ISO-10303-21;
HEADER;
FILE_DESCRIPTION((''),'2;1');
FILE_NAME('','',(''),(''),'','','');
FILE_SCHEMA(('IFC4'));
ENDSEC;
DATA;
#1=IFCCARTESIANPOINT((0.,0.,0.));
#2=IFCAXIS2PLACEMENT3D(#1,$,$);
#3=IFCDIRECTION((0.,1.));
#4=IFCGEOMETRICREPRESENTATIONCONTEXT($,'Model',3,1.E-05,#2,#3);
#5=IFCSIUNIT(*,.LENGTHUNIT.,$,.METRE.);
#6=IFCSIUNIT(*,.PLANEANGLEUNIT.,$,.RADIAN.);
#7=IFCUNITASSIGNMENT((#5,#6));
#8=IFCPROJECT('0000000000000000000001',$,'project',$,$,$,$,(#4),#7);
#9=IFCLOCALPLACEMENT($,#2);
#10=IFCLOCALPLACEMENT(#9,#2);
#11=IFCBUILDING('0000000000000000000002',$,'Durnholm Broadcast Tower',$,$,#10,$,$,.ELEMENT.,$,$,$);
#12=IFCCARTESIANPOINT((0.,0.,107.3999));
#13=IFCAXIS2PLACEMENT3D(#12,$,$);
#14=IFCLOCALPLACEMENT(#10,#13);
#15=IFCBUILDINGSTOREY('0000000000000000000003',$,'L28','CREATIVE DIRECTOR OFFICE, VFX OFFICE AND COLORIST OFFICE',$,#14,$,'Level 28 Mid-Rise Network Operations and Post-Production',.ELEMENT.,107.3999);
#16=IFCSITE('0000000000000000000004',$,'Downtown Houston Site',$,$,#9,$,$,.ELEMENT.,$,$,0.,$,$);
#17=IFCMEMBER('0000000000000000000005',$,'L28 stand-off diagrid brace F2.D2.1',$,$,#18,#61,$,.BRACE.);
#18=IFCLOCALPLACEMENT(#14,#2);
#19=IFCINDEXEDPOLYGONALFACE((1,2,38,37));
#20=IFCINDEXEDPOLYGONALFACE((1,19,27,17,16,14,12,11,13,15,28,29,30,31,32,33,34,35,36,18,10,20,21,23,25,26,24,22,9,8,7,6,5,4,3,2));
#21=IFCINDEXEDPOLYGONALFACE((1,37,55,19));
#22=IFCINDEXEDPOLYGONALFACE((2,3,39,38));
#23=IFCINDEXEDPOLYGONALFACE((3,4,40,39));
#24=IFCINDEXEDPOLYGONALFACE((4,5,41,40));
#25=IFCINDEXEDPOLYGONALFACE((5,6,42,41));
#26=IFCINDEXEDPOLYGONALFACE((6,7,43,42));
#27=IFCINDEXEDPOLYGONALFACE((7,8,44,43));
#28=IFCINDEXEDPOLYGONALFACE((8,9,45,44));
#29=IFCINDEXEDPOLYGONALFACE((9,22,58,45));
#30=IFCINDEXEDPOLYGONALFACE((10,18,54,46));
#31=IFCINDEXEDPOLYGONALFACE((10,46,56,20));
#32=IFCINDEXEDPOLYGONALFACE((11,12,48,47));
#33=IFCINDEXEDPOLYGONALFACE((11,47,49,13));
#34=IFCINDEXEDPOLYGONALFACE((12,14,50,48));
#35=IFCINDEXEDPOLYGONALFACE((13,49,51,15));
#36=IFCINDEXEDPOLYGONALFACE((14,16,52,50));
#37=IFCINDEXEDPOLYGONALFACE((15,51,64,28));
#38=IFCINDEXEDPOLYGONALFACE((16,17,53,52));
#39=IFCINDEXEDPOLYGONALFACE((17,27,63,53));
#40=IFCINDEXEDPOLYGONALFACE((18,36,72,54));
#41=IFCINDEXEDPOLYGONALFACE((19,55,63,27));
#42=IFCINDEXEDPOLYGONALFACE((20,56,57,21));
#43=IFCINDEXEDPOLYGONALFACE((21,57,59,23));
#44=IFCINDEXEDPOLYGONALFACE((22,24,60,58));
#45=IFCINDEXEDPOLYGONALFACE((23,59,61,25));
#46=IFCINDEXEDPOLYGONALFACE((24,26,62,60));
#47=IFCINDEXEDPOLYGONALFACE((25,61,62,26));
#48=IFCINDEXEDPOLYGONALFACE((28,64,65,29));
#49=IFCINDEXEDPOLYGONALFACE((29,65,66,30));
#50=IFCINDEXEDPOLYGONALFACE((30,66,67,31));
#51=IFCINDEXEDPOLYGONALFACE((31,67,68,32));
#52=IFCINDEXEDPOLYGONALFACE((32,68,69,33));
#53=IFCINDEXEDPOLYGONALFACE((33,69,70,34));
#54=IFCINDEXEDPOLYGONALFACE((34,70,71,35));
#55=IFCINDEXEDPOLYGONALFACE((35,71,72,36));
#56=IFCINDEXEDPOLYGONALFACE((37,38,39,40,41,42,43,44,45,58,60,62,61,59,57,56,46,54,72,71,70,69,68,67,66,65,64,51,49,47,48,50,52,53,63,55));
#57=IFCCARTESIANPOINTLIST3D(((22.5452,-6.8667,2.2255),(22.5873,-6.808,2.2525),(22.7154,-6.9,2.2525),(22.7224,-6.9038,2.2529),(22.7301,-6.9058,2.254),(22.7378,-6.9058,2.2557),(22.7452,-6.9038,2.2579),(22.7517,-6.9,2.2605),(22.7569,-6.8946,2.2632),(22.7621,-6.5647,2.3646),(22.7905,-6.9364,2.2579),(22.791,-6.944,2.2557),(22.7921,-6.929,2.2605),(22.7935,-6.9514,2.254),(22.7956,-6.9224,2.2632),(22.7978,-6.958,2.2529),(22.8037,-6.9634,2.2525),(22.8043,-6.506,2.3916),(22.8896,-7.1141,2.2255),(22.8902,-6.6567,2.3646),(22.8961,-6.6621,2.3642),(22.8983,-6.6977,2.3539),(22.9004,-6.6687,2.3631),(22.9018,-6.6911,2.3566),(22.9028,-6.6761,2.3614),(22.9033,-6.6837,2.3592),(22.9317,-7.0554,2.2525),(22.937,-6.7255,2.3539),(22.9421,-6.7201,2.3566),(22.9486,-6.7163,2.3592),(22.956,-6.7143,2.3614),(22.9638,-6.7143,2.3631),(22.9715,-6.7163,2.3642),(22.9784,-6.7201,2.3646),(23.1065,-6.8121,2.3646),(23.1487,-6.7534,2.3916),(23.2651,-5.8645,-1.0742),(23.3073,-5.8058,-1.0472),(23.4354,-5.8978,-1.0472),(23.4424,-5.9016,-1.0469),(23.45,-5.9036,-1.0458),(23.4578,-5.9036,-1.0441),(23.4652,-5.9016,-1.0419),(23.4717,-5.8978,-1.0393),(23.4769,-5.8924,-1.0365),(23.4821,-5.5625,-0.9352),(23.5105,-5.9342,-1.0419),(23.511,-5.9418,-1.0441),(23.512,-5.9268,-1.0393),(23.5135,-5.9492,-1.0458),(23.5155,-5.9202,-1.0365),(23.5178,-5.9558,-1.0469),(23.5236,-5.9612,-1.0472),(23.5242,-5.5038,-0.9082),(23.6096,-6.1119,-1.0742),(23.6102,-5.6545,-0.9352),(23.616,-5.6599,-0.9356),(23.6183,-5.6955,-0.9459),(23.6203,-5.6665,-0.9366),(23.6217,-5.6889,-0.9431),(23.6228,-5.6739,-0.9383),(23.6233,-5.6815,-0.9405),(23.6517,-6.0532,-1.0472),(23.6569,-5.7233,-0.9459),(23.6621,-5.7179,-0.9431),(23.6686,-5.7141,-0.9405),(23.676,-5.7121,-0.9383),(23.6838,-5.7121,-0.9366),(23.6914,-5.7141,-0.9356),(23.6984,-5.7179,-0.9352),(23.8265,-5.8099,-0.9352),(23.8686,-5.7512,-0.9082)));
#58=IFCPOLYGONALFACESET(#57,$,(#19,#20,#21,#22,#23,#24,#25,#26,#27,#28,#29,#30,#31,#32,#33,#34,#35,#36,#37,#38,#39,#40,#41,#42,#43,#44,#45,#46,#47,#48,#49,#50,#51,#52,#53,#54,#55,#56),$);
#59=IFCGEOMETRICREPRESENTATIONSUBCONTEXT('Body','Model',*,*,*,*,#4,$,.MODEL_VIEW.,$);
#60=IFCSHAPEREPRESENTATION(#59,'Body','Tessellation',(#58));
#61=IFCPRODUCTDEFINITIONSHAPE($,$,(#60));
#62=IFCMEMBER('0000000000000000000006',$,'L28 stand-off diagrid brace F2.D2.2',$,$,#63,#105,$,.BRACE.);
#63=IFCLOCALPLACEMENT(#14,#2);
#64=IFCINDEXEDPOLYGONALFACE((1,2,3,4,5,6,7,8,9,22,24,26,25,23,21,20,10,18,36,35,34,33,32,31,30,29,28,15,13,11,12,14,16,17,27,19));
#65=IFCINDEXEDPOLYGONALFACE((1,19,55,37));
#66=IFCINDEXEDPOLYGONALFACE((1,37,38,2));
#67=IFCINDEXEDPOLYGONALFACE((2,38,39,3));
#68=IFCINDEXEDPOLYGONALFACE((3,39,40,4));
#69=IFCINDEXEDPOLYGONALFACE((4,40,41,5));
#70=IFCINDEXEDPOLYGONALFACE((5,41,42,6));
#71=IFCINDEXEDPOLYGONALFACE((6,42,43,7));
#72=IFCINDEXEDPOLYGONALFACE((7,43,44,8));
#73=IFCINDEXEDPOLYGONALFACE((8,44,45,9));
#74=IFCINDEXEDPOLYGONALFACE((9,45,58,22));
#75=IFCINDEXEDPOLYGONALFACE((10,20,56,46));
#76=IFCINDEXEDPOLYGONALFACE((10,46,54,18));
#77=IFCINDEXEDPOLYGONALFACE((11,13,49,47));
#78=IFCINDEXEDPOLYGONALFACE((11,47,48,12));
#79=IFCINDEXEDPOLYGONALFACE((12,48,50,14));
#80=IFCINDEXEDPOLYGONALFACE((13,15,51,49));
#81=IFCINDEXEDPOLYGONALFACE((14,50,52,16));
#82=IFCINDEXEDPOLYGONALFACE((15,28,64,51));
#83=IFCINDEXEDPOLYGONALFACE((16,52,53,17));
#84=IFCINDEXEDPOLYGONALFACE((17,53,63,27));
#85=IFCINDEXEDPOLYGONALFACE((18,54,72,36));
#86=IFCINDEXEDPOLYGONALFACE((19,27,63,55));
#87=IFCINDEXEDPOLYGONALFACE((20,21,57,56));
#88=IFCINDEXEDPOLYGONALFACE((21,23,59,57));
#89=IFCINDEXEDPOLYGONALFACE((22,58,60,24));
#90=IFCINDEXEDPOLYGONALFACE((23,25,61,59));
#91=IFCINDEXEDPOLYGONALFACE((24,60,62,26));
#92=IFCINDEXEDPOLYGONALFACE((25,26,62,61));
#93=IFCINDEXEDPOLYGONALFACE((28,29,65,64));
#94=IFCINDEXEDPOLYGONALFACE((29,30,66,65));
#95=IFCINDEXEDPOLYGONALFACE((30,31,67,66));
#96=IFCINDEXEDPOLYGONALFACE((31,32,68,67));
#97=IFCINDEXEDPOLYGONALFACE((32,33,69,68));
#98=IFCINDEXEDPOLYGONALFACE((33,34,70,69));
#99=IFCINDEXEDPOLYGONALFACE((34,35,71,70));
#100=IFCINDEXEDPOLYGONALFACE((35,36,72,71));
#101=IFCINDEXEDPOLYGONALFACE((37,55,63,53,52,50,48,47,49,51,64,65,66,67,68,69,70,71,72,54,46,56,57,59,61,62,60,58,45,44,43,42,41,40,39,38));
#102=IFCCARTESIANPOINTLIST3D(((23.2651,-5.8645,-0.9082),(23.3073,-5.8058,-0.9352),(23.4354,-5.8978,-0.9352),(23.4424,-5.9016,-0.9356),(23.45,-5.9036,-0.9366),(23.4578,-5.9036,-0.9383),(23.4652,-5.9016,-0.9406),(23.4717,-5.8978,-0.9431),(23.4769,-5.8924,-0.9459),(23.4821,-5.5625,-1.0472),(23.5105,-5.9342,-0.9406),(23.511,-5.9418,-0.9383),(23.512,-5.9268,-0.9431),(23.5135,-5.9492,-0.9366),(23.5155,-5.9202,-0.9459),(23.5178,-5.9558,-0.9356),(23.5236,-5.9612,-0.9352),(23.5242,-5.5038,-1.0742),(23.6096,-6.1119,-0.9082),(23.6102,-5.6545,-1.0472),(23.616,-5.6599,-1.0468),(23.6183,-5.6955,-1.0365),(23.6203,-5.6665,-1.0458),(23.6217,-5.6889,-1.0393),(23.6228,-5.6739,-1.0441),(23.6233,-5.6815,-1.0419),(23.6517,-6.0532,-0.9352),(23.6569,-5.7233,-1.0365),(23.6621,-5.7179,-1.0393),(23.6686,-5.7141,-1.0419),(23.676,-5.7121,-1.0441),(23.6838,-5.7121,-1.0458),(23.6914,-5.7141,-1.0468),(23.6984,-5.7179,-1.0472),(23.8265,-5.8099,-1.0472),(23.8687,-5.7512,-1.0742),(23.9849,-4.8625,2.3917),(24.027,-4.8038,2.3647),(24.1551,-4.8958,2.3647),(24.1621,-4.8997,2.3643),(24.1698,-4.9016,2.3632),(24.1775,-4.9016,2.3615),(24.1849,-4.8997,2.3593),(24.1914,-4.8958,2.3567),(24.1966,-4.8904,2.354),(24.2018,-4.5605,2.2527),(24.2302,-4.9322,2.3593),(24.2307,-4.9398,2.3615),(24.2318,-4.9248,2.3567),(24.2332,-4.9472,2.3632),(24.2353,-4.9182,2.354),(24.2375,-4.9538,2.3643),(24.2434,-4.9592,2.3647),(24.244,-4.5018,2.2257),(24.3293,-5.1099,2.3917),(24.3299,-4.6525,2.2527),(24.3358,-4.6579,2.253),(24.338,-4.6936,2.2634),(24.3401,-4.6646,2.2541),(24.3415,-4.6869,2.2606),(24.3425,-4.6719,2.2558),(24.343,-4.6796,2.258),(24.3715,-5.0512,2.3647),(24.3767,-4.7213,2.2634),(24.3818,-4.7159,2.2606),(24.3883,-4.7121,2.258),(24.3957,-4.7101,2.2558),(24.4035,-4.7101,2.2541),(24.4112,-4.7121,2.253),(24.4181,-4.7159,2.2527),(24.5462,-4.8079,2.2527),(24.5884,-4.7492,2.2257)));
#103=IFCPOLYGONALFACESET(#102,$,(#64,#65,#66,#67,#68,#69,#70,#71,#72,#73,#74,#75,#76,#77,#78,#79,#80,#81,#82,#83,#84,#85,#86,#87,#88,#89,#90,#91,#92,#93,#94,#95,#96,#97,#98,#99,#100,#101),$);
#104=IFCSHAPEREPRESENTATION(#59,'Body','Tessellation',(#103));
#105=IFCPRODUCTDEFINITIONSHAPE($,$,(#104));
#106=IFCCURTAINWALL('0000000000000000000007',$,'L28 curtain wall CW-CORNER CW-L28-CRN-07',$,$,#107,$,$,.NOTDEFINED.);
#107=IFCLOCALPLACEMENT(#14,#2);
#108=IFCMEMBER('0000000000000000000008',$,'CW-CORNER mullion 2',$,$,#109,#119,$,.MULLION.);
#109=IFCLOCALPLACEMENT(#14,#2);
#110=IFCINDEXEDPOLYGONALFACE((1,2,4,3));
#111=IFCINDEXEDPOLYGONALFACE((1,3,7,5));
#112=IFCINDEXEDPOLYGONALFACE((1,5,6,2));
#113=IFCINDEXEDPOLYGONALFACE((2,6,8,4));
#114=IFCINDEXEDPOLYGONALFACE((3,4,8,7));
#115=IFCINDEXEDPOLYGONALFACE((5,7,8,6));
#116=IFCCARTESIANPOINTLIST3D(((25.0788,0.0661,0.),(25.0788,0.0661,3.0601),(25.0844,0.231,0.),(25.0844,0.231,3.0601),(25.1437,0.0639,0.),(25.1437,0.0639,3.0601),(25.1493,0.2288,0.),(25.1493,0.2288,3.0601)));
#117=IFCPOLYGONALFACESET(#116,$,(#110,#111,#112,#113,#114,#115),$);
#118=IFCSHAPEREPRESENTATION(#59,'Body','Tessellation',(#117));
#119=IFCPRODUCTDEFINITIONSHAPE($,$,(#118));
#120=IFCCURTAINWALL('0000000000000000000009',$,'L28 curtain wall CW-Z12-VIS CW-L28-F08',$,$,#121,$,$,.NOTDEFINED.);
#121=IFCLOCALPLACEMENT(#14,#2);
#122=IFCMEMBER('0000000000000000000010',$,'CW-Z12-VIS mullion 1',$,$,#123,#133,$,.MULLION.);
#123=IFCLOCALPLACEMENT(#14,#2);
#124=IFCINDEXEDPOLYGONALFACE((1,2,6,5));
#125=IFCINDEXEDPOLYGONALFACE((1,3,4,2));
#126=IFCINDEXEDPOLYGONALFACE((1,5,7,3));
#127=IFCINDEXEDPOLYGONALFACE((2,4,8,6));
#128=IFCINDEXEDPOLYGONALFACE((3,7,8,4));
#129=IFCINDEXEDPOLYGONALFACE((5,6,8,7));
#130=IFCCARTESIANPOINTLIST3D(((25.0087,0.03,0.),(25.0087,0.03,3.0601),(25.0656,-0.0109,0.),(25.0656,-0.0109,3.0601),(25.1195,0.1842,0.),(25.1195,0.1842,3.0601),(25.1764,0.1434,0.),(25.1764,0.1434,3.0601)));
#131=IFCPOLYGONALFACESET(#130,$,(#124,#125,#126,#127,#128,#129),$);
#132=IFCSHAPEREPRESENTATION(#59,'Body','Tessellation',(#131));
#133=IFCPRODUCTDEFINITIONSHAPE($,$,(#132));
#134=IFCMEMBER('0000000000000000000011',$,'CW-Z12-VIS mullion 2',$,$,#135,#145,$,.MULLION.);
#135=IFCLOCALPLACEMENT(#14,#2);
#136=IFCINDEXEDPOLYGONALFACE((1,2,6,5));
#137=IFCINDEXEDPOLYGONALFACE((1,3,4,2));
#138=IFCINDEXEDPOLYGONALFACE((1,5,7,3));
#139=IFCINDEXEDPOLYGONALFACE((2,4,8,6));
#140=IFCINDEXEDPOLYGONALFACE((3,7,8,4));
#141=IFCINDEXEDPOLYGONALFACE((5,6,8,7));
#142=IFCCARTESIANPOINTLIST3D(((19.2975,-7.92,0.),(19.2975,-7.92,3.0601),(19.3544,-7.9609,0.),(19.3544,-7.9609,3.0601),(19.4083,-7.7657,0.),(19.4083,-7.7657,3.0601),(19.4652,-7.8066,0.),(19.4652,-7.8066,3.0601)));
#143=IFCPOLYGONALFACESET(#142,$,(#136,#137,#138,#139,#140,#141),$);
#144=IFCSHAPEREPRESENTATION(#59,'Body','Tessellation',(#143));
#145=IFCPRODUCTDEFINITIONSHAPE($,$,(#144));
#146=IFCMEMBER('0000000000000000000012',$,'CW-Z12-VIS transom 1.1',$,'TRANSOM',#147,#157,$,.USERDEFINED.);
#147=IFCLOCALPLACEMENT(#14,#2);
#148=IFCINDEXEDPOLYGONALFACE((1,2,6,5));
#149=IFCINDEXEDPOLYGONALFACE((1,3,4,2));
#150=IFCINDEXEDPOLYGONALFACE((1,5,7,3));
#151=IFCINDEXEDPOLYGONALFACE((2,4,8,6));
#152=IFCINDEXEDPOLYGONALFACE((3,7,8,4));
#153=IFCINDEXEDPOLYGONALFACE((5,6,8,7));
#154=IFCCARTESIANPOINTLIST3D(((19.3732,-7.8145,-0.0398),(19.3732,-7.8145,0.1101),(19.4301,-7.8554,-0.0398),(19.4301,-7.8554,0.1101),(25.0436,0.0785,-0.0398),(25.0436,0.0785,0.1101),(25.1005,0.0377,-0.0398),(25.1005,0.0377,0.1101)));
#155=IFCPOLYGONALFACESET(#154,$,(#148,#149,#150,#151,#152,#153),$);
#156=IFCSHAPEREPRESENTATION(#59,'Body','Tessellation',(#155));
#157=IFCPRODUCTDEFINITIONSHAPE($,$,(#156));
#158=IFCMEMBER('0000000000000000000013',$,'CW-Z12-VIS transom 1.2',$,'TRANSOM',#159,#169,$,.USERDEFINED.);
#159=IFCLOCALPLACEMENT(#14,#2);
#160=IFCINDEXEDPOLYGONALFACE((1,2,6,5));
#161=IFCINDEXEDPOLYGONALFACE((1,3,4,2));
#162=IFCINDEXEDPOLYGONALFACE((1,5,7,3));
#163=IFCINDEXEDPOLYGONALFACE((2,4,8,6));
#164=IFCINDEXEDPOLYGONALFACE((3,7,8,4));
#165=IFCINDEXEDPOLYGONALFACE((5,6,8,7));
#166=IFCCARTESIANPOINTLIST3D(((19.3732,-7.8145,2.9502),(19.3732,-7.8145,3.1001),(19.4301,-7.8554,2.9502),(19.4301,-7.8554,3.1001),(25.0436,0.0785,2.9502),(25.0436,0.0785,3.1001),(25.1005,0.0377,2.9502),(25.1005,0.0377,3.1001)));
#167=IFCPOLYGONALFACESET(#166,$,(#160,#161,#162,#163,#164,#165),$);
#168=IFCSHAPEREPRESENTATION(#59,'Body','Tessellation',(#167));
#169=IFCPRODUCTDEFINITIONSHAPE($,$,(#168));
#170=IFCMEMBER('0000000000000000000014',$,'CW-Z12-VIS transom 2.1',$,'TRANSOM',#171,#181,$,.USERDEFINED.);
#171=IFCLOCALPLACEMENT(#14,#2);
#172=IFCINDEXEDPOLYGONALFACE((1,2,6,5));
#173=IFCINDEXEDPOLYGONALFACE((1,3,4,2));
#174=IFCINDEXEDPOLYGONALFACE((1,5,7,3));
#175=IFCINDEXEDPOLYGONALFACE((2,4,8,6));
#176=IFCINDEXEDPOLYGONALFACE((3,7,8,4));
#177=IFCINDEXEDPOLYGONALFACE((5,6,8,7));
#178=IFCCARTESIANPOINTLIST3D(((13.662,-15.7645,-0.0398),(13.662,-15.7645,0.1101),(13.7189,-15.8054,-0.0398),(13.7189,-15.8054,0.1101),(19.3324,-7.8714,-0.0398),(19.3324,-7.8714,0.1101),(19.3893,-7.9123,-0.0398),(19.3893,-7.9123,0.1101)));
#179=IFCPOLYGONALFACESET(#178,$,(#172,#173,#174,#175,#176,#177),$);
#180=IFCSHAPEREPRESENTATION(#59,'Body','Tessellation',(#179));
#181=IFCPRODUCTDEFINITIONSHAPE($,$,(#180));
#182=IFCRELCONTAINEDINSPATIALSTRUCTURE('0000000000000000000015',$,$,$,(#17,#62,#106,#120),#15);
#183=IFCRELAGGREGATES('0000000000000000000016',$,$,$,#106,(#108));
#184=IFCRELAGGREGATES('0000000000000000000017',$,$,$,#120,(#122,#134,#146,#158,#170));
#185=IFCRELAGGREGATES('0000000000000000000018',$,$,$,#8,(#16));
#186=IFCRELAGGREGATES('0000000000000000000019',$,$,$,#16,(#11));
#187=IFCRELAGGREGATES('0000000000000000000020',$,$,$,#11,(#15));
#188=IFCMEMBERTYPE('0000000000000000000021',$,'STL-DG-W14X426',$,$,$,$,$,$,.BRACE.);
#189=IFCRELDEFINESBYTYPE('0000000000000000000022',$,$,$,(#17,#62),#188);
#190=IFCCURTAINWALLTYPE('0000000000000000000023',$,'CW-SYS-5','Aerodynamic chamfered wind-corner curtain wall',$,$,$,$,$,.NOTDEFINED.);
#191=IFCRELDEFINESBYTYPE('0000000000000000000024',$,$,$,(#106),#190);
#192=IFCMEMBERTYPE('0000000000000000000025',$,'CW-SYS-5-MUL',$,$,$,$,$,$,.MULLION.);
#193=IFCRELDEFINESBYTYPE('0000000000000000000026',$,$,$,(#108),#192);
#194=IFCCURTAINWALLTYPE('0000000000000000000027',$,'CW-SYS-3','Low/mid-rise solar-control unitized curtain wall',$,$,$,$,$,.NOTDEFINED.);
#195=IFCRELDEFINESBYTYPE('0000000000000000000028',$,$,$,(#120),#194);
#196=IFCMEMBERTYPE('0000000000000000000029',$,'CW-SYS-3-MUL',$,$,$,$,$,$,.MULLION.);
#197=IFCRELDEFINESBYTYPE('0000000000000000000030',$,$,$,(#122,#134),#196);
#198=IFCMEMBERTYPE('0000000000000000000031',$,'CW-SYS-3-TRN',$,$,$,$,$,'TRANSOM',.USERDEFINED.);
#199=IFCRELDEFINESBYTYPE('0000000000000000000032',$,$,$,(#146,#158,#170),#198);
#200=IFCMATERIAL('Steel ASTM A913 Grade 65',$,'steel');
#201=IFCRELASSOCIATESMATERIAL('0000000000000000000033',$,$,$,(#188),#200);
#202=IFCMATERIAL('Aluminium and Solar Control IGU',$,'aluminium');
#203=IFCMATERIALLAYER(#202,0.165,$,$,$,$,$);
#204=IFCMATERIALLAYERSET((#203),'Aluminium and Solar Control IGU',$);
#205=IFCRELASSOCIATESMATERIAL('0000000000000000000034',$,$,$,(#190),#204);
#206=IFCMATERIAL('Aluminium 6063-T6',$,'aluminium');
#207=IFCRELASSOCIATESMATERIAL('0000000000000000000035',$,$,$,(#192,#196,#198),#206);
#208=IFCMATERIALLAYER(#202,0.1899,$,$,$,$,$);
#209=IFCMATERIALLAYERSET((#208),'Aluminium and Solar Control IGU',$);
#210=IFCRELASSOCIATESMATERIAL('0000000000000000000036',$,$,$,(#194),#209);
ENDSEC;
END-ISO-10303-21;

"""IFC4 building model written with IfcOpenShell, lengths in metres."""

from ifc_helpers import new_model, si_unit, direction, frame, origin, origin_2d, place, context, subcontext, project, spatial, rectangle, i_section, extrude, source, transform, mapped, material, layer, layer_set, material_profile, profile_set, type_object, type_shapes, element, aggregate, save


model = new_model("IFC4")

# Units and contexts
model_context = context("Model", 3, precision=1e-05, world=origin(), true_north=direction((0.0, 1.0)))
body_context = subcontext(model_context, "Body", "Model", "MODEL_VIEW")
ifc_project = project(units=[si_unit("LENGTHUNIT", "METRE"), si_unit("PLANEANGLEUNIT", "RADIAN")], contexts=[model_context])

# Site, building, storey
site_placement = place(None, origin())
site = spatial("IfcSite", under=ifc_project, at=site_placement, Name="Downtown Houston Site", CompositionType="ELEMENT", RefElevation=0.0)
building_placement = place(site_placement, origin())
building = spatial("IfcBuilding", under=site, at=building_placement, Name="Durnholm Broadcast Tower", CompositionType="ELEMENT")
storey_placement = place(building_placement, frame((0.0, 0.0, 107.3999)))
storey = spatial("IfcBuildingStorey", under=building, at=storey_placement, Name="L28", Description="CREATIVE DIRECTOR OFFICE, VFX OFFICE AND COLORIST OFFICE", LongName="Level 28 Mid-Rise Network Operations and Post-Production", CompositionType="ELEMENT", Elevation=107.3999)

# Members
ifc_material_1 = material(Name="Steel ASTM A913 Grade 65", Category="steel")
ifc_material_profile_1 = material_profile(ifc_material_1, i_section(OverallWidth=0.4241, OverallDepth=0.4741, WebThickness=0.0476, FlangeThickness=0.0771, FilletRadius=0.0305, at=origin_2d()), Name="W14X426")
ifc_profile_set_1 = profile_set([ifc_material_profile_1], Name="Steel ASTM A913 Grade 65")
member_type_1 = type_object("IfcMemberType", Name="STL-DG-W14X426", PredefinedType="BRACE", material=ifc_profile_set_1)
shared_shape_1 = source(origin(), body_context, "Body", "SweptSolid", [
    extrude(i_section(OverallWidth=0.4241, OverallDepth=0.4741, WebThickness=0.0476, FlangeThickness=0.0771, FilletRadius=0.0305, at=origin_2d()), origin(), (0.0, 0.0, 1.0), 3.5229),
])
type_shapes(member_type_1, [shared_shape_1])
for number, where, z_axis, x_axis, name in (
    (1, (23.5669, -5.8079, -0.9912), (-0.204363, -0.284473, 0.936649), (0.812153, -0.583444, 0.0), "L28 stand-off diagrid brace F2.D2.1"),
    (2, (23.5669, -5.8079, -0.9912), (0.204301, 0.284414, 0.93668), (-0.812179, 0.583408, 0.0), "L28 stand-off diagrid brace F2.D2.2"),
):
    element("IfcMember", number, at=place(storey_placement, frame(where, z_axis=z_axis, x_axis=x_axis)), inside=storey, type_object=member_type_1, Name=name, PredefinedType="BRACE", context=body_context, shape_type="MappedRepresentation", body=[
        mapped(shared_shape_1, transform((0.0, 0.0, 0.0), x_axis=(1.0, 0.0, 0.0), y_axis=(0.0, 1.0, 0.0), z_axis=(0.0, 0.0, 1.0), scale=1.0)),
    ])

# Curtain wall, member
ifc_material_2 = material(Name="Aluminium and Solar Control IGU", Category="aluminium")
ifc_layer_1 = layer(ifc_material_2, 0.165)
ifc_layer_set_1 = layer_set([ifc_layer_1], Name="Aluminium and Solar Control IGU")
curtain_wall_type_1 = type_object("IfcCurtainWallType", Name="CW-SYS-5", Description="Aerodynamic chamfered wind-corner curtain wall", PredefinedType="NOTDEFINED", material=ifc_layer_set_1)
curtain_wall_1_placement = place(storey_placement, origin())
curtain_wall_1 = element("IfcCurtainWall", 3, at=curtain_wall_1_placement, inside=storey, type_object=curtain_wall_type_1, Name="L28 curtain wall CW-CORNER CW-L28-CRN-07", PredefinedType="NOTDEFINED")
ifc_material_3 = material(Name="Aluminium 6063-T6", Category="aluminium")
ifc_material_profile_2 = material_profile(ifc_material_3, rectangle(XDim=0.0649, YDim=0.165, at=origin_2d()), Name="CWM65X165")
ifc_profile_set_2 = profile_set([ifc_material_profile_2], Name="Aluminium 6063-T6")
member_type_2 = type_object("IfcMemberType", Name="CW-SYS-5-MUL", PredefinedType="MULLION", material=ifc_profile_set_2)
shared_shape_2 = source(origin(), body_context, "Body", "SweptSolid", [
    extrude(rectangle(XDim=0.0649, YDim=0.165, at=origin_2d()), origin(), (0.0, 0.0, 1.0), 3.0601),
])
type_shapes(member_type_2, [shared_shape_2])
member_1_placement = place(storey_placement, frame((25.114, 0.1475, 0.0), z_axis=(0.0, 0.0, 1.0), x_axis=(0.999425, -0.033917, 0.0)))
member_1 = element("IfcMember", 4, at=member_1_placement, type_object=member_type_2, Name="CW-CORNER mullion 2", PredefinedType="MULLION", context=body_context, shape_type="MappedRepresentation", body=[
    mapped(shared_shape_2, transform((0.0, 0.0, 0.0), x_axis=(1.0, 0.0, 0.0), y_axis=(0.0, 1.0, 0.0), z_axis=(0.0, 0.0, 1.0), scale=1.0)),
])
aggregate(curtain_wall_1, [member_1])

# Curtain wall, members
ifc_layer_2 = layer(ifc_material_2, 0.1899)
ifc_layer_set_2 = layer_set([ifc_layer_2], Name="Aluminium and Solar Control IGU")
curtain_wall_type_2 = type_object("IfcCurtainWallType", Name="CW-SYS-3", Description="Low/mid-rise solar-control unitized curtain wall", PredefinedType="NOTDEFINED", material=ifc_layer_set_2)
curtain_wall_2_placement = place(storey_placement, origin())
curtain_wall_2 = element("IfcCurtainWall", 5, at=curtain_wall_2_placement, inside=storey, type_object=curtain_wall_type_2, Name="L28 curtain wall CW-Z12-VIS CW-L28-F08", PredefinedType="NOTDEFINED")
ifc_material_profile_3 = material_profile(ifc_material_3, rectangle(XDim=0.0701, YDim=0.1899, at=origin_2d()), Name="CWM70X190")
ifc_profile_set_3 = profile_set([ifc_material_profile_3], Name="Aluminium 6063-T6")
member_type_3 = type_object("IfcMemberType", Name="CW-SYS-3-MUL", PredefinedType="MULLION", material=ifc_profile_set_3)
shared_shape_3 = source(origin(), body_context, "Body", "SweptSolid", [
    extrude(rectangle(XDim=0.0701, YDim=0.1899, at=origin_2d()), origin(), (0.0, 0.0, 1.0), 3.0601),
])
type_shapes(member_type_3, [shared_shape_3])
member_2_placement = place(storey_placement, frame((25.0925, 0.0867, 0.0), z_axis=(0.0, 0.0, 1.0), x_axis=(0.812152, -0.583445, 0.0)))
member_2 = element("IfcMember", 6, at=member_2_placement, type_object=member_type_3, Name="CW-Z12-VIS mullion 1", PredefinedType="MULLION", context=body_context, shape_type="MappedRepresentation", body=[
    mapped(shared_shape_3, transform((0.0, 0.0, 0.0), x_axis=(1.0, 0.0, 0.0), y_axis=(0.0, 1.0, 0.0), z_axis=(0.0, 0.0, 1.0), scale=1.0)),
])
member_3_placement = place(storey_placement, frame((19.3813, -7.8633, 0.0), z_axis=(0.0, 0.0, 1.0), x_axis=(0.812152, -0.583445, 0.0)))
member_3 = element("IfcMember", 7, at=member_3_placement, type_object=member_type_3, Name="CW-Z12-VIS mullion 2", PredefinedType="MULLION", context=body_context, shape_type="MappedRepresentation", body=[
    mapped(shared_shape_3, transform((0.0, 0.0, 0.0), x_axis=(1.0, 0.0, 0.0), y_axis=(0.0, 1.0, 0.0), z_axis=(0.0, 0.0, 1.0), scale=1.0)),
])
ifc_material_profile_4 = material_profile(ifc_material_3, rectangle(XDim=0.0701, YDim=0.1499, at=origin_2d()), Name="CWT70X150")
ifc_profile_set_4 = profile_set([ifc_material_profile_4], Name="Aluminium 6063-T6")
member_type_4 = type_object("IfcMemberType", Name="CW-SYS-3-TRN", ElementType="TRANSOM", PredefinedType="USERDEFINED", material=ifc_profile_set_4)
shared_shape_4 = source(origin(), body_context, "Body", "SweptSolid", [
    extrude(rectangle(XDim=0.0701, YDim=0.1499, at=origin_2d()), origin(), (0.0, 0.0, 1.0), 9.7188),
])
type_shapes(member_type_4, [shared_shape_4])
member_4_placement = place(storey_placement, frame((25.072, 0.0581, 0.0352), z_axis=(-0.583451, -0.812149, 0.0), x_axis=(0.812149, -0.583451, 0.0)))
member_4 = element("IfcMember", 8, at=member_4_placement, type_object=member_type_4, Name="CW-Z12-VIS transom 1.1", ObjectType="TRANSOM", PredefinedType="USERDEFINED", context=body_context, shape_type="MappedRepresentation", body=[
    mapped(shared_shape_4, transform((0.0, 0.0, 0.0), x_axis=(1.0, 0.0, 0.0), y_axis=(0.0, 1.0, 0.0), z_axis=(0.0, 0.0, 1.0), scale=1.0)),
])
member_5_placement = place(storey_placement, frame((25.072, 0.0581, 3.0251), z_axis=(-0.583451, -0.812149, 0.0), x_axis=(0.812149, -0.583451, 0.0)))
member_5 = element("IfcMember", 9, at=member_5_placement, type_object=member_type_4, Name="CW-Z12-VIS transom 1.2", ObjectType="TRANSOM", PredefinedType="USERDEFINED", context=body_context, shape_type="MappedRepresentation", body=[
    mapped(shared_shape_4, transform((0.0, 0.0, 0.0), x_axis=(1.0, 0.0, 0.0), y_axis=(0.0, 1.0, 0.0), z_axis=(0.0, 0.0, 1.0), scale=1.0)),
])
member_6_placement = place(storey_placement, frame((19.3608, -7.8918, 0.0352), z_axis=(-0.583451, -0.812149, 0.0), x_axis=(0.812149, -0.583451, 0.0)))
member_6 = element("IfcMember", 10, at=member_6_placement, type_object=member_type_4, Name="CW-Z12-VIS transom 2.1", ObjectType="TRANSOM", PredefinedType="USERDEFINED", context=body_context, shape_type="MappedRepresentation", body=[
    mapped(shared_shape_4, transform((0.0, 0.0, 0.0), x_axis=(1.0, 0.0, 0.0), y_axis=(0.0, 1.0, 0.0), z_axis=(0.0, 0.0, 1.0), scale=1.0)),
])
aggregate(curtain_wall_2, [member_2, member_3, member_4, member_5, member_6])

save(model, "model.ifc")
